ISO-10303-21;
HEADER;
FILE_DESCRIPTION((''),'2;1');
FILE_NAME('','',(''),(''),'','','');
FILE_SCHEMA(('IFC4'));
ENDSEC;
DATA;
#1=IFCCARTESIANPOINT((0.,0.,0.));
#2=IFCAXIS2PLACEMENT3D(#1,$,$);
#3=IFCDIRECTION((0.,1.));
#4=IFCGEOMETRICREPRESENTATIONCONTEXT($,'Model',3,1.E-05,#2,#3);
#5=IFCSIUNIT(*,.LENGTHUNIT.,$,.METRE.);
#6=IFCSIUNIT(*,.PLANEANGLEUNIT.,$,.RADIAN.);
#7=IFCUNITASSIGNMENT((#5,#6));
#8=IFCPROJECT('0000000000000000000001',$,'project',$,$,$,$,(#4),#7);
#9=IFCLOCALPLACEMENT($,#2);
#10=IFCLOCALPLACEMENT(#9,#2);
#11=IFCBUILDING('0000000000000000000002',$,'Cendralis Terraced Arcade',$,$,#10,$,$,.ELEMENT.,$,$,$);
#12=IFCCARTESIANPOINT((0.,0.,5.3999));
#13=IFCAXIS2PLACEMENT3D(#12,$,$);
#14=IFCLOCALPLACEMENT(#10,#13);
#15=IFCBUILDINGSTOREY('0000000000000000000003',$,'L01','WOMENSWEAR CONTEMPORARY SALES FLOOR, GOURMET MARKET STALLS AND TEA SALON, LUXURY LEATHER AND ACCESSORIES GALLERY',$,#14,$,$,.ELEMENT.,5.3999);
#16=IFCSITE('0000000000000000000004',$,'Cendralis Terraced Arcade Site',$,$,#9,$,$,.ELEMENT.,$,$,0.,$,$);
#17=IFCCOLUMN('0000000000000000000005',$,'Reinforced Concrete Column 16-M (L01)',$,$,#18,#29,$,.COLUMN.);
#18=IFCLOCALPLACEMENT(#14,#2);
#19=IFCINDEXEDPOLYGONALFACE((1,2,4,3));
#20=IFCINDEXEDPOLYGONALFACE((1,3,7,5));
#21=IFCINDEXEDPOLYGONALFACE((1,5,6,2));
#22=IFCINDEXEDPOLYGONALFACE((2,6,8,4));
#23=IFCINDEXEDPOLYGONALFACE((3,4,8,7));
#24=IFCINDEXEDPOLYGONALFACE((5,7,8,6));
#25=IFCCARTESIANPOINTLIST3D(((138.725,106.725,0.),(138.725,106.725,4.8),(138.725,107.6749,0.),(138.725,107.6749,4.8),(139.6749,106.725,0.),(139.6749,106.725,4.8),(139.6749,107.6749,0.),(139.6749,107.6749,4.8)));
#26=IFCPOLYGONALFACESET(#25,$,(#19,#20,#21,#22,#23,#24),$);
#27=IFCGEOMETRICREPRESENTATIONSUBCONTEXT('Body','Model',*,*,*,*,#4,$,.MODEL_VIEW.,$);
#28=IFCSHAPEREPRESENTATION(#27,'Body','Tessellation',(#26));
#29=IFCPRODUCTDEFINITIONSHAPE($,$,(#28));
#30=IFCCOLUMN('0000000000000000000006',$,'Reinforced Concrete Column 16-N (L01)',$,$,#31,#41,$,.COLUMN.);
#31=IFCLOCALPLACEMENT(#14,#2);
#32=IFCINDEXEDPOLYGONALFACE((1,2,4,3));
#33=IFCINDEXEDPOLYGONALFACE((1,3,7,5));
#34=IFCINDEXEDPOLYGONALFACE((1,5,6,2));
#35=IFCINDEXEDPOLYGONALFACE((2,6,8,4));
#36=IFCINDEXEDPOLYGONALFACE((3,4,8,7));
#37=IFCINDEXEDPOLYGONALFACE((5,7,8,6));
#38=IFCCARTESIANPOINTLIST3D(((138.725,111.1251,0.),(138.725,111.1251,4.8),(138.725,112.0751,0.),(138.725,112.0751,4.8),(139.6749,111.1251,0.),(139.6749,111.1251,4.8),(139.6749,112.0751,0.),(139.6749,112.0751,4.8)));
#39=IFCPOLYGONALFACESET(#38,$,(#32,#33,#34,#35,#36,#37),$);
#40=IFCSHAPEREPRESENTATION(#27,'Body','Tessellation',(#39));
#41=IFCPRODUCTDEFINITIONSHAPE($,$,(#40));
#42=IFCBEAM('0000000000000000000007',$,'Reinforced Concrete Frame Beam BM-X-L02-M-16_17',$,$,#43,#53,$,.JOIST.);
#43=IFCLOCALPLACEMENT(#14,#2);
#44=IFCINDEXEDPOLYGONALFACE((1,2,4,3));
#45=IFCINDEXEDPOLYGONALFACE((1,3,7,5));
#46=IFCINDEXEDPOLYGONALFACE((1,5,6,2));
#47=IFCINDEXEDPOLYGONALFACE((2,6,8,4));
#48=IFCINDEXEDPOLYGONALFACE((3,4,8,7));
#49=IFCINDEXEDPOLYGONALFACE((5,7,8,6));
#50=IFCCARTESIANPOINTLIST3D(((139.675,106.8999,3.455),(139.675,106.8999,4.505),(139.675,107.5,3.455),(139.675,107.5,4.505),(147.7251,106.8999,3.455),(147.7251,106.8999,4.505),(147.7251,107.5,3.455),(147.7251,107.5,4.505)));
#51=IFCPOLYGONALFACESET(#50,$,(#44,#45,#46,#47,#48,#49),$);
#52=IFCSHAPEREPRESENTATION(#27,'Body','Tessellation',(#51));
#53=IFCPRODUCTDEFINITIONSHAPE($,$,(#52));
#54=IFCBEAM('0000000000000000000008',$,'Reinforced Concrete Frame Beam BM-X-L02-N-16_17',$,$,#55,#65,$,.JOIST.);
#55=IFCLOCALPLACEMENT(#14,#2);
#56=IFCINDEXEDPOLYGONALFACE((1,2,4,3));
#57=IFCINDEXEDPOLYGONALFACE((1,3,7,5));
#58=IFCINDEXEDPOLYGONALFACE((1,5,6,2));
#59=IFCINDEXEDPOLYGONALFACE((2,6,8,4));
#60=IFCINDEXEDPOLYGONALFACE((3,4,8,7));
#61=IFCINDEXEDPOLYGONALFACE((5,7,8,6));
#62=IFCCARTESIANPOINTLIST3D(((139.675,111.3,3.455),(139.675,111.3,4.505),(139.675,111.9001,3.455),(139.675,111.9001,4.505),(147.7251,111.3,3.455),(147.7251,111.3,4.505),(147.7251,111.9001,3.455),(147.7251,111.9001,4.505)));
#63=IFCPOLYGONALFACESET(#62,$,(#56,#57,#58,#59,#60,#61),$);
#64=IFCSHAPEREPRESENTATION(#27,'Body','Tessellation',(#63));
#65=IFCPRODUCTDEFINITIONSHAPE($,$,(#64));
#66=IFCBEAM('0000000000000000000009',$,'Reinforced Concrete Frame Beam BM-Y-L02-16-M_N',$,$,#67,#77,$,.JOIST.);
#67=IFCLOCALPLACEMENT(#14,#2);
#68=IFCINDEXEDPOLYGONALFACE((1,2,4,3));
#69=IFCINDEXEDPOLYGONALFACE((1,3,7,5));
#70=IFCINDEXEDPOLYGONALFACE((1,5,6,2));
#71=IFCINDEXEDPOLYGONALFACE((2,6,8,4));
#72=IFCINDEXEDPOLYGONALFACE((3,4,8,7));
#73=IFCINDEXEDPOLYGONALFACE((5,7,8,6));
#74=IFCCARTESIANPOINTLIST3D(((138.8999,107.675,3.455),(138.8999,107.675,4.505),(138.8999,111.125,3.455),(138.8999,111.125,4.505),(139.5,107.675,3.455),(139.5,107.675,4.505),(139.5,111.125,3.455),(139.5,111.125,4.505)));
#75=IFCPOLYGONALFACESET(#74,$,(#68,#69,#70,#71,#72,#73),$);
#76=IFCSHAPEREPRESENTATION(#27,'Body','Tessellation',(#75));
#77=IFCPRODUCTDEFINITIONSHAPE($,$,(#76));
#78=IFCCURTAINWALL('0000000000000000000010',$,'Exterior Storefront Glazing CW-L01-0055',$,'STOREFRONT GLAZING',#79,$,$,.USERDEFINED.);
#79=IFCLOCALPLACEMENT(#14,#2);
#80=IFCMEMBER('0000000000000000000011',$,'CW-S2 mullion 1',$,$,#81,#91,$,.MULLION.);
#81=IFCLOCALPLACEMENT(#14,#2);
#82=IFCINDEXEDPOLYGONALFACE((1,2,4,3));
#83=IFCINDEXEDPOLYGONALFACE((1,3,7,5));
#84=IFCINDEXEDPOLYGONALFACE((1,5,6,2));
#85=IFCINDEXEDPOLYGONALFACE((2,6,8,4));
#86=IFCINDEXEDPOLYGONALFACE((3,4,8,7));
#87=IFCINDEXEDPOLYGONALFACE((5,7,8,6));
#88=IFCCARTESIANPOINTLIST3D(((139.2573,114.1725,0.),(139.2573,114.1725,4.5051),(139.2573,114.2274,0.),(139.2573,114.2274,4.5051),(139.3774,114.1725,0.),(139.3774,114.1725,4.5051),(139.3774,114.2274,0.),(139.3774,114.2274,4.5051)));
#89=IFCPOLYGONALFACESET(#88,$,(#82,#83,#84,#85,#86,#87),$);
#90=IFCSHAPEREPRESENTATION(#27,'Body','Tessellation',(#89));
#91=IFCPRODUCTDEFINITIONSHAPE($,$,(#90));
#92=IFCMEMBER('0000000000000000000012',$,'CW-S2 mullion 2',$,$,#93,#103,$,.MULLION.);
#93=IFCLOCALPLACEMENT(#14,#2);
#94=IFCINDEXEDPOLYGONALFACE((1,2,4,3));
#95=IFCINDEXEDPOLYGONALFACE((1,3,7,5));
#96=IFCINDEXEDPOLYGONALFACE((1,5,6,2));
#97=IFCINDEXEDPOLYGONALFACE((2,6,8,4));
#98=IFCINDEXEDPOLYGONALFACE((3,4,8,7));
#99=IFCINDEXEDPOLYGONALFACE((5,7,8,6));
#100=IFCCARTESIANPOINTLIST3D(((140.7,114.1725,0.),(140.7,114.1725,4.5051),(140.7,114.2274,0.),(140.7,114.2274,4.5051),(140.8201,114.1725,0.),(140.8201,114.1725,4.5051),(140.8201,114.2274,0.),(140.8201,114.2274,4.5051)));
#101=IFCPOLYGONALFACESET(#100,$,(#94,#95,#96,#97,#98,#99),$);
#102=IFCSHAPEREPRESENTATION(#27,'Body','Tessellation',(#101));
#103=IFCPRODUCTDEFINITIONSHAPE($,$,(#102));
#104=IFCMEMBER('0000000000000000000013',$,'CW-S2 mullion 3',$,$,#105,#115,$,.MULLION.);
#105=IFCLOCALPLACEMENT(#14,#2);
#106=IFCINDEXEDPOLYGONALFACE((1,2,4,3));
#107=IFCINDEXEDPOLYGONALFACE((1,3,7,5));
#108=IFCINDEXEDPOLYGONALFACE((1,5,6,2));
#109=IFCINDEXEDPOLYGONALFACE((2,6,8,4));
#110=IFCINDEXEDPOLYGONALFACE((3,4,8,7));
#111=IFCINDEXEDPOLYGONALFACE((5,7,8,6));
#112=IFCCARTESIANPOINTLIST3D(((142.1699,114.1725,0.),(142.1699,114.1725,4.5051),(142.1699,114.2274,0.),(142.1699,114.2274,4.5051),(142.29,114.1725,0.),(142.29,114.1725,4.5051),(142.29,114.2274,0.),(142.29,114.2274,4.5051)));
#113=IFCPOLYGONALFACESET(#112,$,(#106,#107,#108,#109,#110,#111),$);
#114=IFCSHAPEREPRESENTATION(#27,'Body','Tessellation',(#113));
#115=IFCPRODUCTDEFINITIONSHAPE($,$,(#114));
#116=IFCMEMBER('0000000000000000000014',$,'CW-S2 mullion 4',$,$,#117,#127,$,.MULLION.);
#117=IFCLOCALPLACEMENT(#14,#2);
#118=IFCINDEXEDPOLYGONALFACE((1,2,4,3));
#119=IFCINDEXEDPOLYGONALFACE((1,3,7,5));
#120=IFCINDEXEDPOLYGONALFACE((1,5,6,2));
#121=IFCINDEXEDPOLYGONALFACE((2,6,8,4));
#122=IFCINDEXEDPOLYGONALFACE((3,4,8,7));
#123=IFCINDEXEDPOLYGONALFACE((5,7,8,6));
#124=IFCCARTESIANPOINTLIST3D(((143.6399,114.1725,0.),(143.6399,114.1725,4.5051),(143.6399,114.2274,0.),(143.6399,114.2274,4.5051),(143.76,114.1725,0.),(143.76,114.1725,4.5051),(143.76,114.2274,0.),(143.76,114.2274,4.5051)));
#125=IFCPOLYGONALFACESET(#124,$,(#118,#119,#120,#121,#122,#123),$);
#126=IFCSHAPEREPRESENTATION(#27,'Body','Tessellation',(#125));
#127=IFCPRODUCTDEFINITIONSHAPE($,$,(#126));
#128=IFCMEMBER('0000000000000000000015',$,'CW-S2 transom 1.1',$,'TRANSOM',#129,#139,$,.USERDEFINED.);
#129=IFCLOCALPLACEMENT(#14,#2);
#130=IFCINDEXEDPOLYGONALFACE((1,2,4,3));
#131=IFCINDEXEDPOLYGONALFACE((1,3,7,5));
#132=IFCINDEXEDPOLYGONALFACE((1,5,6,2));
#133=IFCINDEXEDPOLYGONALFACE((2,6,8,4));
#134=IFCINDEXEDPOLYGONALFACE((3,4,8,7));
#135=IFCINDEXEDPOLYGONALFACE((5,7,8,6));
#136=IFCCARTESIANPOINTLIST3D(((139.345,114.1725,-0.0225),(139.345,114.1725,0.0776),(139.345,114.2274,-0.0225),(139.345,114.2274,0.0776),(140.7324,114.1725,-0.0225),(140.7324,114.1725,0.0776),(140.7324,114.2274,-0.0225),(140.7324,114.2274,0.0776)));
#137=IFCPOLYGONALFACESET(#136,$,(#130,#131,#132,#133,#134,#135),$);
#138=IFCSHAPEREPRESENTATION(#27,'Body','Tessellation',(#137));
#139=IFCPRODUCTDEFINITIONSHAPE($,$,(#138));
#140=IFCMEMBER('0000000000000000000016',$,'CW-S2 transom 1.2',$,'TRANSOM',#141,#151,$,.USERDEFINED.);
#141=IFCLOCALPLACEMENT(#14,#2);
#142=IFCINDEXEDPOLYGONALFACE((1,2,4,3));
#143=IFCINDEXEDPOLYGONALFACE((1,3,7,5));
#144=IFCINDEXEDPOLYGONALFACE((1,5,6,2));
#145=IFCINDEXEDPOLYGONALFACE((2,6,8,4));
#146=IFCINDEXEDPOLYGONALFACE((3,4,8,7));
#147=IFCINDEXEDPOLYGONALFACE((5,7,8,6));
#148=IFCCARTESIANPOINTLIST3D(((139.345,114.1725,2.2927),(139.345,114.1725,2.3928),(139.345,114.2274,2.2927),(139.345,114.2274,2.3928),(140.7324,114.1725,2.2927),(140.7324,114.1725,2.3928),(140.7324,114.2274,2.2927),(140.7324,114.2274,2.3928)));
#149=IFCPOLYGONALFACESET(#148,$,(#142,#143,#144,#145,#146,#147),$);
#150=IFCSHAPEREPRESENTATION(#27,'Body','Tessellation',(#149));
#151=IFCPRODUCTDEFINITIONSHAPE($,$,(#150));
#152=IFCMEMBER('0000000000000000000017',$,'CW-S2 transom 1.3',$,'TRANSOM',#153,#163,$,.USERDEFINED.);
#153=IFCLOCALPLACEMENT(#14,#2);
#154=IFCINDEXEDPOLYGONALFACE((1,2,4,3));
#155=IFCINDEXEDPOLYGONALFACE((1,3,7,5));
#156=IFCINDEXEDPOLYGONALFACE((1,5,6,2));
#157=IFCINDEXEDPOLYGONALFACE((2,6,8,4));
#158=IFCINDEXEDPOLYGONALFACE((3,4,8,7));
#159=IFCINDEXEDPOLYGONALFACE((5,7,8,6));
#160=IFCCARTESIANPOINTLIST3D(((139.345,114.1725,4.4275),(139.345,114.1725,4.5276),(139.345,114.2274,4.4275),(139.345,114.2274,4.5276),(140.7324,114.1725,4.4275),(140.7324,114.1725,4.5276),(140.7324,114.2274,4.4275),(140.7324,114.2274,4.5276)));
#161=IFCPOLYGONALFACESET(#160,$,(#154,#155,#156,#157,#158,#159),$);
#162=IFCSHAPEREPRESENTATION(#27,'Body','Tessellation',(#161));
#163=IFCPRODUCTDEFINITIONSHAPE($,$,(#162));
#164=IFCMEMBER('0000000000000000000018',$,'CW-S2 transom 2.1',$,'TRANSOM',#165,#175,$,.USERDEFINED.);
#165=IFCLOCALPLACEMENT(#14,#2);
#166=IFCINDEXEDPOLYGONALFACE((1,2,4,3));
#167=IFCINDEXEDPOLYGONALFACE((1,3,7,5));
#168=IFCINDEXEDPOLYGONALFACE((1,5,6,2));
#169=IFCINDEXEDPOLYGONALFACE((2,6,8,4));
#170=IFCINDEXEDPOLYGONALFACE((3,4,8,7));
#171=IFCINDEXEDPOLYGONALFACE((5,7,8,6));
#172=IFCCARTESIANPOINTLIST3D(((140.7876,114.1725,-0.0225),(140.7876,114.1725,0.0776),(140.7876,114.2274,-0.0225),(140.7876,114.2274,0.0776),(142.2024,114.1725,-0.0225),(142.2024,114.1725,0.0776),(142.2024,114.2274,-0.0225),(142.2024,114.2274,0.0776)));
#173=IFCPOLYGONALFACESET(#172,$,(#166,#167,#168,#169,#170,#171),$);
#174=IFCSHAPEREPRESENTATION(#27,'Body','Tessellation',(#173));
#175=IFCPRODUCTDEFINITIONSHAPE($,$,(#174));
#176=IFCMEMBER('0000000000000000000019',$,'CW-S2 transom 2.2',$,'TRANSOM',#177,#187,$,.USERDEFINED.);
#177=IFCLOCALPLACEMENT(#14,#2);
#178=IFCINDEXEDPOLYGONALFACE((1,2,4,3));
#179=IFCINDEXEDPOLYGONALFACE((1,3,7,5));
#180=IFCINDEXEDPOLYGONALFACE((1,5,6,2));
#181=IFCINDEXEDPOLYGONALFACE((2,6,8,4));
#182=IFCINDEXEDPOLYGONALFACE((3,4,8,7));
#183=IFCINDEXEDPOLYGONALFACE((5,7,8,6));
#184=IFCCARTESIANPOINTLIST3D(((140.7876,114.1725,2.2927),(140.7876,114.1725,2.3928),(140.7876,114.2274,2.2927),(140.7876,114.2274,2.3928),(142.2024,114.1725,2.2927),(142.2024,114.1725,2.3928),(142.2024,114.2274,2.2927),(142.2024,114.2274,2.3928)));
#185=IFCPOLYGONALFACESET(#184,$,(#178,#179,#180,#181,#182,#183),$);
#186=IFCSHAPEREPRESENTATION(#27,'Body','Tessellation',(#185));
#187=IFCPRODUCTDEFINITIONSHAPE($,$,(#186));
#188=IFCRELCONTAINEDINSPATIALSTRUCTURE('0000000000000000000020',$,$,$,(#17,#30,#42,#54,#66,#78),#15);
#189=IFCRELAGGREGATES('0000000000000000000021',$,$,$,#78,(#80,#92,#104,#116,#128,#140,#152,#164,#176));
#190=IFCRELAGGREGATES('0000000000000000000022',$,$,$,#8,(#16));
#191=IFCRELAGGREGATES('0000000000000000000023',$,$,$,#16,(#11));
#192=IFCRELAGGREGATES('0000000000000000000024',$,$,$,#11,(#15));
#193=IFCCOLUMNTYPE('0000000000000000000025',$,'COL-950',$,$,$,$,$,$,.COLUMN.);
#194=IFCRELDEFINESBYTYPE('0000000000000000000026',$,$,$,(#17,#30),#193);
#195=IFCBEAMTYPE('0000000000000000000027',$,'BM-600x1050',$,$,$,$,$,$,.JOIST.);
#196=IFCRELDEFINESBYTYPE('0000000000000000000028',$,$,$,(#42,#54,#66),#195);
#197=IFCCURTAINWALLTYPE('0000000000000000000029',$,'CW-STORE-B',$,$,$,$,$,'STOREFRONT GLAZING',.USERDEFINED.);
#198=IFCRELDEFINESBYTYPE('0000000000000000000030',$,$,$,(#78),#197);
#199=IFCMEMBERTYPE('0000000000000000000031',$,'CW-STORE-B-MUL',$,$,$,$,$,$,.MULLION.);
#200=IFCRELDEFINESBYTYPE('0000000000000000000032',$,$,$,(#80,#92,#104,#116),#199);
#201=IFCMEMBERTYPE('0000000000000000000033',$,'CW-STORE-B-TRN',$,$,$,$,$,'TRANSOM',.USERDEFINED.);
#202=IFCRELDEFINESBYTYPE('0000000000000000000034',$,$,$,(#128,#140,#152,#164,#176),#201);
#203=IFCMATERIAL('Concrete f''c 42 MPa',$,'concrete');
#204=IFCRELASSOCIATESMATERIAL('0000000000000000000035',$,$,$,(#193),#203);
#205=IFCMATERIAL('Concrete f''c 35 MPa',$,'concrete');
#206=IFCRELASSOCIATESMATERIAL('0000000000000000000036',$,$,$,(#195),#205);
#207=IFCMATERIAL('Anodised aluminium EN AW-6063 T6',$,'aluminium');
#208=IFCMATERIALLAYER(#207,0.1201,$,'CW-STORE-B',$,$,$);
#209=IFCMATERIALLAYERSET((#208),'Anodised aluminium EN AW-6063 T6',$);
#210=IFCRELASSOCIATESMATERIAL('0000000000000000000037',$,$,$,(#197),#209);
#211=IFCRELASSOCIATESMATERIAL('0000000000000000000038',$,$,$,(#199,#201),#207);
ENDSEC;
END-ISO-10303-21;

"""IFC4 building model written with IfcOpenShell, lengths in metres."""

from ifc_helpers import new_model, si_unit, direction, frame, origin, origin_2d, place, context, subcontext, project, spatial, rectangle, extrude, material, layer, layer_set, material_profile, profile_set, type_object, element, aggregate, save


model = new_model("IFC4")

# Units and contexts
model_context = context("Model", 3, precision=1e-05, world=origin(), true_north=direction((0.0, 1.0)))
body_context = subcontext(model_context, "Body", "Model", "MODEL_VIEW")
ifc_project = project(units=[si_unit("LENGTHUNIT", "METRE"), si_unit("PLANEANGLEUNIT", "RADIAN")], contexts=[model_context])

# Site, building, storey
site_placement = place(None, origin())
site = spatial("IfcSite", under=ifc_project, at=site_placement, Name="Cendralis Terraced Arcade Site", CompositionType="ELEMENT", RefElevation=0.0)
building_placement = place(site_placement, origin())
building = spatial("IfcBuilding", under=site, at=building_placement, Name="Cendralis Terraced Arcade", CompositionType="ELEMENT")
storey_placement = place(building_placement, frame((0.0, 0.0, 5.3999)))
storey = spatial("IfcBuildingStorey", under=building, at=storey_placement, Name="L01", Description="WOMENSWEAR CONTEMPORARY SALES FLOOR, GOURMET MARKET STALLS AND TEA SALON, LUXURY LEATHER AND ACCESSORIES GALLERY", CompositionType="ELEMENT", Elevation=5.3999)

# Columns
ifc_material_1 = material(Name="Concrete f'c 42 MPa", Category="concrete")
ifc_material_profile_1 = material_profile(ifc_material_1, rectangle(XDim=0.95, YDim=0.95, at=origin_2d()), Name="RC-COL-950x950", Category="LoadBearing")
ifc_profile_set_1 = profile_set([ifc_material_profile_1], Name="Concrete f'c 42 MPa")
column_type = type_object("IfcColumnType", Name="COL-950", PredefinedType="COLUMN", material=ifc_profile_set_1)
for number, where, z_axis, x_axis, name in (
    (1, (139.2, 107.2, 0.0), (0.0, 0.0, 1.0), (1.0, 0.0, 0.0), "Reinforced Concrete Column 16-M (L01)"),
    (2, (139.2, 111.6001, 0.0), (0.0, 0.0, 1.0), (1.0, 0.0, 0.0), "Reinforced Concrete Column 16-N (L01)"),
):
    element("IfcColumn", number, at=place(storey_placement, frame(where, z_axis=z_axis, x_axis=x_axis)), inside=storey, type_object=column_type, Name=name, PredefinedType="COLUMN", context=body_context, shape_type="SweptSolid", body=[
        extrude(rectangle(XDim=0.95, YDim=0.95, at=origin_2d()), origin(), (0.0, 0.0, 1.0), 4.8),
    ])

# Beams
ifc_material_2 = material(Name="Concrete f'c 35 MPa", Category="concrete")
ifc_material_profile_2 = material_profile(ifc_material_2, rectangle(XDim=0.6001, YDim=1.05, at=origin_2d()), Name="RC-BM-600x1050", Category="LoadBearing")
ifc_profile_set_2 = profile_set([ifc_material_profile_2], Name="Concrete f'c 35 MPa")
beam_type = type_object("IfcBeamType", Name="BM-600x1050", PredefinedType="JOIST", material=ifc_profile_set_2)
for number, where, z_axis, x_axis, name in (
    (3, (139.675, 107.2, 3.98), (1.0, 0.0, 0.0), (0.0, 1.0, 0.0), "Reinforced Concrete Frame Beam BM-X-L02-M-16_17"),
    (4, (139.675, 111.6001, 3.98), (1.0, 0.0, 0.0), (0.0, 1.0, 0.0), "Reinforced Concrete Frame Beam BM-X-L02-N-16_17"),
):
    element("IfcBeam", number, at=place(storey_placement, frame(where, z_axis=z_axis, x_axis=x_axis)), inside=storey, type_object=beam_type, Name=name, PredefinedType="JOIST", context=body_context, shape_type="SweptSolid", body=[
        extrude(rectangle(XDim=0.6001, YDim=1.05, at=origin_2d()), origin(), (0.0, 0.0, 1.0), 8.05),
    ])
beam_placement = place(storey_placement, frame((139.2, 107.675, 3.98), z_axis=(0.0, 1.0, 0.0), x_axis=(-1.0, 0.0, 0.0)))
element("IfcBeam", 5, at=beam_placement, inside=storey, type_object=beam_type, Name="Reinforced Concrete Frame Beam BM-Y-L02-16-M_N", PredefinedType="JOIST", context=body_context, shape_type="SweptSolid", body=[
    extrude(rectangle(XDim=0.6001, YDim=1.05, at=origin_2d()), origin(), (0.0, 0.0, 1.0), 3.45),
])

# Curtain wall, members
ifc_material_3 = material(Name="Anodised aluminium EN AW-6063 T6", Category="aluminium")
ifc_layer_1 = layer(ifc_material_3, 0.1201, Name="CW-STORE-B")
ifc_layer_set_1 = layer_set([ifc_layer_1], Name="Anodised aluminium EN AW-6063 T6")
curtain_wall_type = type_object("IfcCurtainWallType", Name="CW-STORE-B", ElementType="STOREFRONT GLAZING", PredefinedType="USERDEFINED", material=ifc_layer_set_1)
curtain_wall_placement = place(storey_placement, origin())
curtain_wall = element("IfcCurtainWall", 6, at=curtain_wall_placement, inside=storey, type_object=curtain_wall_type, Name="Exterior Storefront Glazing CW-L01-0055", ObjectType="STOREFRONT GLAZING", PredefinedType="USERDEFINED")
ifc_material_profile_3 = material_profile(ifc_material_3, rectangle(XDim=0.0549, YDim=0.1201, at=origin_2d()), Name="ALU-MUL-55x120")
ifc_profile_set_3 = profile_set([ifc_material_profile_3], Name="Anodised aluminium EN AW-6063 T6")
member_type_1 = type_object("IfcMemberType", Name="CW-STORE-B-MUL", PredefinedType="MULLION", material=ifc_profile_set_3)
member_1_placement = place(storey_placement, frame((139.3174, 114.2, 0.0), z_axis=(0.0, 0.0, 1.0), x_axis=(0.0, 1.0, 0.0)))
member_1 = element("IfcMember", 7, at=member_1_placement, type_object=member_type_1, Name="CW-S2 mullion 1", PredefinedType="MULLION", context=body_context, shape_type="SweptSolid", body=[
    extrude(rectangle(XDim=0.0549, YDim=0.1201, at=origin_2d()), origin(), (0.0, 0.0, 1.0), 4.5051),
])
member_2_placement = place(storey_placement, frame((140.76, 114.2, 0.0), z_axis=(0.0, 0.0, 1.0), x_axis=(0.0, 1.0, 0.0)))
member_2 = element("IfcMember", 8, at=member_2_placement, type_object=member_type_1, Name="CW-S2 mullion 2", PredefinedType="MULLION", context=body_context, shape_type="SweptSolid", body=[
    extrude(rectangle(XDim=0.0549, YDim=0.1201, at=origin_2d()), origin(), (0.0, 0.0, 1.0), 4.5051),
])
member_3_placement = place(storey_placement, frame((142.23, 114.2, 0.0), z_axis=(0.0, 0.0, 1.0), x_axis=(0.0, 1.0, 0.0)))
member_3 = element("IfcMember", 9, at=member_3_placement, type_object=member_type_1, Name="CW-S2 mullion 3", PredefinedType="MULLION", context=body_context, shape_type="SweptSolid", body=[
    extrude(rectangle(XDim=0.0549, YDim=0.1201, at=origin_2d()), origin(), (0.0, 0.0, 1.0), 4.5051),
])
member_4_placement = place(storey_placement, frame((143.7, 114.2, 0.0), z_axis=(0.0, 0.0, 1.0), x_axis=(0.0, 1.0, 0.0)))
member_4 = element("IfcMember", 10, at=member_4_placement, type_object=member_type_1, Name="CW-S2 mullion 4", PredefinedType="MULLION", context=body_context, shape_type="SweptSolid", body=[
    extrude(rectangle(XDim=0.0549, YDim=0.1201, at=origin_2d()), origin(), (0.0, 0.0, 1.0), 4.5051),
])
ifc_material_profile_4 = material_profile(ifc_material_3, rectangle(XDim=0.0549, YDim=0.1001, at=origin_2d()), Name="ALU-TRN-55x100")
ifc_profile_set_4 = profile_set([ifc_material_profile_4], Name="Anodised aluminium EN AW-6063 T6")
member_type_2 = type_object("IfcMemberType", Name="CW-STORE-B-TRN", ElementType="TRANSOM", PredefinedType="USERDEFINED", material=ifc_profile_set_4)
member_5_placement = place(storey_placement, frame((139.345, 114.2, 0.0276), z_axis=(1.0, 0.0, 0.0), x_axis=(0.0, 1.0, 0.0)))
member_5 = element("IfcMember", 11, at=member_5_placement, type_object=member_type_2, Name="CW-S2 transom 1.1", ObjectType="TRANSOM", PredefinedType="USERDEFINED", context=body_context, shape_type="SweptSolid", body=[
    extrude(rectangle(XDim=0.0549, YDim=0.1001, at=origin_2d()), origin(), (0.0, 0.0, 1.0), 1.3875),
])
member_6_placement = place(storey_placement, frame((139.345, 114.2, 2.3428), z_axis=(1.0, 0.0, 0.0), x_axis=(0.0, 1.0, 0.0)))
member_6 = element("IfcMember", 12, at=member_6_placement, type_object=member_type_2, Name="CW-S2 transom 1.2", ObjectType="TRANSOM", PredefinedType="USERDEFINED", context=body_context, shape_type="SweptSolid", body=[
    extrude(rectangle(XDim=0.0549, YDim=0.1001, at=origin_2d()), origin(), (0.0, 0.0, 1.0), 1.3875),
])
member_7_placement = place(storey_placement, frame((139.345, 114.2, 4.4775), z_axis=(1.0, 0.0, 0.0), x_axis=(0.0, 1.0, 0.0)))
member_7 = element("IfcMember", 13, at=member_7_placement, type_object=member_type_2, Name="CW-S2 transom 1.3", ObjectType="TRANSOM", PredefinedType="USERDEFINED", context=body_context, shape_type="SweptSolid", body=[
    extrude(rectangle(XDim=0.0549, YDim=0.1001, at=origin_2d()), origin(), (0.0, 0.0, 1.0), 1.3875),
])
member_8_placement = place(storey_placement, frame((140.7876, 114.2, 0.0276), z_axis=(1.0, 0.0, 0.0), x_axis=(0.0, 1.0, 0.0)))
member_8 = element("IfcMember", 14, at=member_8_placement, type_object=member_type_2, Name="CW-S2 transom 2.1", ObjectType="TRANSOM", PredefinedType="USERDEFINED", context=body_context, shape_type="SweptSolid", body=[
    extrude(rectangle(XDim=0.0549, YDim=0.1001, at=origin_2d()), origin(), (0.0, 0.0, 1.0), 1.4148),
])
member_9_placement = place(storey_placement, frame((140.7876, 114.2, 2.3428), z_axis=(1.0, 0.0, 0.0), x_axis=(0.0, 1.0, 0.0)))
member_9 = element("IfcMember", 15, at=member_9_placement, type_object=member_type_2, Name="CW-S2 transom 2.2", ObjectType="TRANSOM", PredefinedType="USERDEFINED", context=body_context, shape_type="SweptSolid", body=[
    extrude(rectangle(XDim=0.0549, YDim=0.1001, at=origin_2d()), origin(), (0.0, 0.0, 1.0), 1.4148),
])
aggregate(curtain_wall, [member_1, member_2, member_3, member_4, member_5, member_6, member_7, member_8, member_9])

save(model, "model.ifc")
